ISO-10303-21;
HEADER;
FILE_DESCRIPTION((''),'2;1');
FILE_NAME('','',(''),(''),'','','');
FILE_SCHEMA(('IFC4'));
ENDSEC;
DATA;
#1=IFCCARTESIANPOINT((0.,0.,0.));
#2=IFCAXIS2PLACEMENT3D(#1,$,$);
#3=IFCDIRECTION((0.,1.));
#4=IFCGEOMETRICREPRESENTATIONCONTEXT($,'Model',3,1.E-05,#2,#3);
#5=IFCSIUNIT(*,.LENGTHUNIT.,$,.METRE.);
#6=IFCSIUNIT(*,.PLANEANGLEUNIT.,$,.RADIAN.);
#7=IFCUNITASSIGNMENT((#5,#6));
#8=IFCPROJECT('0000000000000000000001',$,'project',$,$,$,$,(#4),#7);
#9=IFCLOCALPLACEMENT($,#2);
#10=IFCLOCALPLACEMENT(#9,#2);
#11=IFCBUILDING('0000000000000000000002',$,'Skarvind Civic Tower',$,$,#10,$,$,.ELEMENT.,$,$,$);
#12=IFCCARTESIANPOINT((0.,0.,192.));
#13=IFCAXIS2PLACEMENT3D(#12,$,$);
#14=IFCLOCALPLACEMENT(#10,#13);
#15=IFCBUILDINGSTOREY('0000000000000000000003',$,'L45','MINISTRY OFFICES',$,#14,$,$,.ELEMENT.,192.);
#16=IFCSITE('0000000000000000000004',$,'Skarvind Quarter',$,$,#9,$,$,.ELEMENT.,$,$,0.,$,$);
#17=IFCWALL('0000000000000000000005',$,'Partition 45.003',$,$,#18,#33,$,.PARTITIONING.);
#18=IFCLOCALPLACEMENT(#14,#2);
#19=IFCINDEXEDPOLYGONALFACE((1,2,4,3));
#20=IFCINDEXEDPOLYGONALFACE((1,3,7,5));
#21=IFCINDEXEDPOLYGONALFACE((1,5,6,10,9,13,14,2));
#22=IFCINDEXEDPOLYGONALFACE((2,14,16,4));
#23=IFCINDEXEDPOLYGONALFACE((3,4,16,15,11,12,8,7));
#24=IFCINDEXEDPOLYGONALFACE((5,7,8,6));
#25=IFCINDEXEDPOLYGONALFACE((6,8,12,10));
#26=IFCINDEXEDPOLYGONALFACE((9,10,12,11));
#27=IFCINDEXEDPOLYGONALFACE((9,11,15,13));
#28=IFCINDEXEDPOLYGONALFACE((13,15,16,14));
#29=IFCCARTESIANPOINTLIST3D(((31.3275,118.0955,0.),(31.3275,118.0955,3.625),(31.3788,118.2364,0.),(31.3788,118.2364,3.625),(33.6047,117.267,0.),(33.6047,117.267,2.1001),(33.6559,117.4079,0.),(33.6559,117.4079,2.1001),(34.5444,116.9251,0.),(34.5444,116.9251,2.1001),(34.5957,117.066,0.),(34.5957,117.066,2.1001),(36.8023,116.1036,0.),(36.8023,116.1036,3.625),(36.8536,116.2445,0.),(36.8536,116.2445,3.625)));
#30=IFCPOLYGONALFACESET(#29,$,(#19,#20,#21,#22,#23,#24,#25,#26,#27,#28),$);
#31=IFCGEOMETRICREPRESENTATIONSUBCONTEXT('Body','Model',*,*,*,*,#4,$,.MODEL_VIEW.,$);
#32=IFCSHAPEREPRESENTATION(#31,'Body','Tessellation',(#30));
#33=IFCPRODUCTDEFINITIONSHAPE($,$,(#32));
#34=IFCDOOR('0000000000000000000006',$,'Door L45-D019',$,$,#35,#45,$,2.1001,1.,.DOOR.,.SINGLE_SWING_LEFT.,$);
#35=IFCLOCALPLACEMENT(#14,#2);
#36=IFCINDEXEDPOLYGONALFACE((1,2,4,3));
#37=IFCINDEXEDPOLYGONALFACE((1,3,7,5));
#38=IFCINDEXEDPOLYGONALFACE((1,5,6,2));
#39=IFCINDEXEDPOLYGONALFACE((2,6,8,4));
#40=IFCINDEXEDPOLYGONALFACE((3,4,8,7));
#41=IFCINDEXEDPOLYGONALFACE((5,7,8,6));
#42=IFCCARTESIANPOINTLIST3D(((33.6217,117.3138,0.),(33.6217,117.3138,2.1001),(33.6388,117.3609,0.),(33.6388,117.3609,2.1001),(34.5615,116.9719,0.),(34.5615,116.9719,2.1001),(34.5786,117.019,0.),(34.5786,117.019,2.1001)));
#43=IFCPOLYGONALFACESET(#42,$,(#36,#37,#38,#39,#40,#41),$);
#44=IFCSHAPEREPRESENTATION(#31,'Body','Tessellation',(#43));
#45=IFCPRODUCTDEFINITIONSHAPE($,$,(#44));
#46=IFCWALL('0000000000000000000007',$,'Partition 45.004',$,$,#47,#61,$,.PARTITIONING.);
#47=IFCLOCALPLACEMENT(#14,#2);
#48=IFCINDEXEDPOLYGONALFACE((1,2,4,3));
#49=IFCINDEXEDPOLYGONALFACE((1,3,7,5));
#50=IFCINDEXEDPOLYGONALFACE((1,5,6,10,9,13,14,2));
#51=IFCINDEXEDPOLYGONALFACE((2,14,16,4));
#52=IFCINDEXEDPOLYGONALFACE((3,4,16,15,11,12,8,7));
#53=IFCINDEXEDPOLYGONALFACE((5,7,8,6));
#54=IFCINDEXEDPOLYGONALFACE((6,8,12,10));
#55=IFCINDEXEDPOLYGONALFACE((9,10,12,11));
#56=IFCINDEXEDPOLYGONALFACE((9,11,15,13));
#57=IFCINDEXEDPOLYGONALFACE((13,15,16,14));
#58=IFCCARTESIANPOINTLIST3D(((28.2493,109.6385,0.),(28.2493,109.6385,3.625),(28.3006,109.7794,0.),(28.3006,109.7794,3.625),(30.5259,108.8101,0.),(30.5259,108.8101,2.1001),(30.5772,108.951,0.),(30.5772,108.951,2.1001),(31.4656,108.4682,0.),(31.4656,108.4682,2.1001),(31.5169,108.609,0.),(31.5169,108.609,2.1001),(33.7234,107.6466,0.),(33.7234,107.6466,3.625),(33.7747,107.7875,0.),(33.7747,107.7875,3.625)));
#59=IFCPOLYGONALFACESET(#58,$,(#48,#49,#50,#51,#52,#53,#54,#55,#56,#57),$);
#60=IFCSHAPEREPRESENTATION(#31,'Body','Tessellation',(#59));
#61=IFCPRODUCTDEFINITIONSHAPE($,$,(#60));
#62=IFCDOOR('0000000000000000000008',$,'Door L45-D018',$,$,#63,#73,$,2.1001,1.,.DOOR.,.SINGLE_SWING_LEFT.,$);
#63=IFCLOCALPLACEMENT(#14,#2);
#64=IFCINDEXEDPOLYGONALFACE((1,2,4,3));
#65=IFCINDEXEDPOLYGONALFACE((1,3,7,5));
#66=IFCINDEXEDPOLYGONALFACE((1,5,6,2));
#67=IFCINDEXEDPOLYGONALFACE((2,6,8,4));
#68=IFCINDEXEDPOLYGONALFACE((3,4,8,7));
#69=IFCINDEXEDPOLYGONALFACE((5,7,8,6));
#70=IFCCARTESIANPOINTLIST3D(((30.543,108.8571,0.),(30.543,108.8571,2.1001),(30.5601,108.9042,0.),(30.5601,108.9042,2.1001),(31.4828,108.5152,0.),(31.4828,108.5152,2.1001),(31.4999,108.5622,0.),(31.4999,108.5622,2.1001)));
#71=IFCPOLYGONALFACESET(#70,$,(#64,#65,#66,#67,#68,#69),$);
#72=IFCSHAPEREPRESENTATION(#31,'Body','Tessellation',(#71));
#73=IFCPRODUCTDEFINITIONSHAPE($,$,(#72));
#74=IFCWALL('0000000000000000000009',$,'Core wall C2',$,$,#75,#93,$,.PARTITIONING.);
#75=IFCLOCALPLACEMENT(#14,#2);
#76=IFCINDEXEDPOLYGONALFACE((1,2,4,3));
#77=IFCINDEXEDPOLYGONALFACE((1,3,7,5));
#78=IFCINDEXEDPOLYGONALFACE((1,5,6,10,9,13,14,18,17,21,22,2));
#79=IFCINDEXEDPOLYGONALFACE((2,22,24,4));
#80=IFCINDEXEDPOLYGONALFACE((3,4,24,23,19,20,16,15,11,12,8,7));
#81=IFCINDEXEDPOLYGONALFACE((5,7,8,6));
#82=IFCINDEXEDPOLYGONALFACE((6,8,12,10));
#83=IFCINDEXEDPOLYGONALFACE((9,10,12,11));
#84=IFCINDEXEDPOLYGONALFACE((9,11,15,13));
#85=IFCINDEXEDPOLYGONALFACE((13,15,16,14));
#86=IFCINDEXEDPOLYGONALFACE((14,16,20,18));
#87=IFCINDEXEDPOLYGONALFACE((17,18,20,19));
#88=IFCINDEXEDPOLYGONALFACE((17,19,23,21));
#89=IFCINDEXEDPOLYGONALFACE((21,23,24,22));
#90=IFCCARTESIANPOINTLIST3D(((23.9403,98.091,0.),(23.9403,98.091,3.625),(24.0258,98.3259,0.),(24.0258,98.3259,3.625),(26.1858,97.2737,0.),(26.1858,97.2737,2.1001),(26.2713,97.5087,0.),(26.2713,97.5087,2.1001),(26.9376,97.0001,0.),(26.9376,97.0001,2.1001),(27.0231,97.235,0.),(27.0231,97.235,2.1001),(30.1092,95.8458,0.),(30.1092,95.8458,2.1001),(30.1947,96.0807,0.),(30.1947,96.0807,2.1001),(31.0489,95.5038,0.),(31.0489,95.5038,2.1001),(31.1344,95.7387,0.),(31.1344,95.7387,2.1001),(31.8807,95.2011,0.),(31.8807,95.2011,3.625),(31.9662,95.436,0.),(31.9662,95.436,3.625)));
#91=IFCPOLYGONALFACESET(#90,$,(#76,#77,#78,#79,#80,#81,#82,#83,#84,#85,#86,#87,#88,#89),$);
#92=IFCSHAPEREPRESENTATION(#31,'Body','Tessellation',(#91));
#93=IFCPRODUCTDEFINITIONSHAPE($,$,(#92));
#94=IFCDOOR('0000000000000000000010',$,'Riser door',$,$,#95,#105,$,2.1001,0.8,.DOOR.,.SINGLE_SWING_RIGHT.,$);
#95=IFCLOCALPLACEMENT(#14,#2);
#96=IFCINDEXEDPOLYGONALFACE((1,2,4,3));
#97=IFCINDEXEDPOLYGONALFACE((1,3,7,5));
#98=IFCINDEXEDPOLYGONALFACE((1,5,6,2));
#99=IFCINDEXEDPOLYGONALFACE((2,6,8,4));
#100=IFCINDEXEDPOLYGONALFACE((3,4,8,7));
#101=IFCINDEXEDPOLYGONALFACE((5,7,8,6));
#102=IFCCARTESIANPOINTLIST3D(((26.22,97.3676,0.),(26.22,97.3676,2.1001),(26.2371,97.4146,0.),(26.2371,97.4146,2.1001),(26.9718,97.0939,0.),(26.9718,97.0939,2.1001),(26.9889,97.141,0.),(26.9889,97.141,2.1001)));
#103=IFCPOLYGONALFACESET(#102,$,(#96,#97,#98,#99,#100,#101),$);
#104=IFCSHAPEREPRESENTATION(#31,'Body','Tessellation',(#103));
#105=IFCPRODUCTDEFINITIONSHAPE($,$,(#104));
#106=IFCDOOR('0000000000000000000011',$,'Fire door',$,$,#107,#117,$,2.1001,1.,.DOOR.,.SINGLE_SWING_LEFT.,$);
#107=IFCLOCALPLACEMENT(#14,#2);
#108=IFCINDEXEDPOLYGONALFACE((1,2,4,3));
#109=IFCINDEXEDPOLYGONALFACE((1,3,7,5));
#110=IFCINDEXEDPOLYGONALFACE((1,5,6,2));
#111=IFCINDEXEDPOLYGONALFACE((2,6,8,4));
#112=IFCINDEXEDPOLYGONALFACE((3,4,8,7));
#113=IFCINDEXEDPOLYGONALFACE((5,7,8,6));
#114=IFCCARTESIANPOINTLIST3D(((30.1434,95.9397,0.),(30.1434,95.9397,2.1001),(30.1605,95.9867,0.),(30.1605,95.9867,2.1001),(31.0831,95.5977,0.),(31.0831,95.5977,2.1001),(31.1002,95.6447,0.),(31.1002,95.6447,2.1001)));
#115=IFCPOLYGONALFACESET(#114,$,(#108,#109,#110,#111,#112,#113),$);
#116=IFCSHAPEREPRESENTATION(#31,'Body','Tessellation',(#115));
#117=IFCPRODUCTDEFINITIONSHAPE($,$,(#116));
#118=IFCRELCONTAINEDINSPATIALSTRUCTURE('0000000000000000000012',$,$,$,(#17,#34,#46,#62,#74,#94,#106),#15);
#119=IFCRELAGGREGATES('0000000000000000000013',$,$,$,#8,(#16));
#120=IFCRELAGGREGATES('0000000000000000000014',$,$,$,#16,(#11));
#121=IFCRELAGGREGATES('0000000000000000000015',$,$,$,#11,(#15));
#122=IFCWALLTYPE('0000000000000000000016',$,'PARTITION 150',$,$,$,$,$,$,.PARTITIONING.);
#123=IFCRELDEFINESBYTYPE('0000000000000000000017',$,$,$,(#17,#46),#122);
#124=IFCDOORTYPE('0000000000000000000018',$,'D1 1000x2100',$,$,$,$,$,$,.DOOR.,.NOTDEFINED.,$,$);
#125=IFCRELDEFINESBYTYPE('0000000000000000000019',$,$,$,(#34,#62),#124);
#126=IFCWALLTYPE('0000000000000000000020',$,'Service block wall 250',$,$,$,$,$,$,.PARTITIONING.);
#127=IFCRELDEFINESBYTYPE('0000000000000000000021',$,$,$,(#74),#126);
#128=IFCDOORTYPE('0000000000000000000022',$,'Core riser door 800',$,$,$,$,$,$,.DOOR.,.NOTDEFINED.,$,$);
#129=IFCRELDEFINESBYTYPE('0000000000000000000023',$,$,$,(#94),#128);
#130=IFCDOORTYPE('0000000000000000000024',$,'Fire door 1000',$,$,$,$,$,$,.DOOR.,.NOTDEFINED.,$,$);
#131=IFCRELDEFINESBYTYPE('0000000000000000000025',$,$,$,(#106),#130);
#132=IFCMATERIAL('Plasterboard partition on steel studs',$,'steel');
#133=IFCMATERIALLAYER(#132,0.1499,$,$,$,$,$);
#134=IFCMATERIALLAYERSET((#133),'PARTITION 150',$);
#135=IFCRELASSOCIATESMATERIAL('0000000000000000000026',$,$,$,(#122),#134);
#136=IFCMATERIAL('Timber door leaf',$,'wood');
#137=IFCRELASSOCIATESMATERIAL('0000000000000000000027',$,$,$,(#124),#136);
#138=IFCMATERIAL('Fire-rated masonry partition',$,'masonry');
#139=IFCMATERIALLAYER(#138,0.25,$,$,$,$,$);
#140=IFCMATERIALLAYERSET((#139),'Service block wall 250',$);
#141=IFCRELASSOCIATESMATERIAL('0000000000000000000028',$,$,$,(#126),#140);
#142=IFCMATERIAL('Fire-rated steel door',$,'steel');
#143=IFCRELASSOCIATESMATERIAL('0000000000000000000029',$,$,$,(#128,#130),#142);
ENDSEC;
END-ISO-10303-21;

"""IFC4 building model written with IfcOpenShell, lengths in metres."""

from ifc_helpers import new_model, si_unit, direction, frame, frame_2d, origin, place, context, subcontext, project, spatial, rectangle, extrude, material, layer, layer_set, type_object, element, fill, save


model = new_model("IFC4")

# Units and contexts
model_context = context("Model", 3, precision=1e-05, world=origin(), true_north=direction((0.0, 1.0)))
body_context = subcontext(model_context, "Body", "Model", "MODEL_VIEW")
ifc_project = project(units=[si_unit("LENGTHUNIT", "METRE"), si_unit("PLANEANGLEUNIT", "RADIAN")], contexts=[model_context])

# Site, building, storey
site_placement = place(None, origin())
site = spatial("IfcSite", under=ifc_project, at=site_placement, Name="Skarvind Quarter", CompositionType="ELEMENT", RefElevation=0.0)
building_placement = place(site_placement, origin())
building = spatial("IfcBuilding", under=site, at=building_placement, Name="Skarvind Civic Tower", CompositionType="ELEMENT")
storey_placement = place(building_placement, frame((0.0, 0.0, 192.0)))
storey = spatial("IfcBuildingStorey", under=building, at=storey_placement, Name="L45", Description="MINISTRY OFFICES", CompositionType="ELEMENT", Elevation=192.0)

# Shared definitions
ifc_material_1 = material(Name="Timber door leaf", Category="wood")
ifc_material_2 = material(Name="Fire-rated masonry partition", Category="masonry")
ifc_material_3 = material(Name="Fire-rated steel door", Category="steel")

# Shared definitions
ifc_material_4 = material(Name="Plasterboard partition on steel studs", Category="steel")
ifc_layer_1 = layer(ifc_material_4, 0.1499)
ifc_layer_set_1 = layer_set([ifc_layer_1], Name="PARTITION 150")
wall_type_1 = type_object("IfcWallType", Name="PARTITION 150", PredefinedType="PARTITIONING", material=ifc_layer_set_1)

# Walls, openings, doors
wall_1_placement = place(storey_placement, frame((31.353, 118.166, 0.0), z_axis=(0.0, 0.0, 1.0), x_axis=(0.939733, -0.341908, 0.0)))
wall_1 = element("IfcWall", 1, at=wall_1_placement, inside=storey, type_object=wall_type_1, Name="Partition 45.003", PredefinedType="PARTITIONING", context=body_context, shape_type="SweptSolid", body=[
    extrude(rectangle(XDim=5.8259, YDim=0.1499, at=frame_2d((2.9131, 0.0))), origin(), (0.0, 0.0, 1.0), 3.625),
])
opening_1_placement = place(wall_1_placement, frame((2.4233, 0.0, 0.0)))
opening_1 = element("IfcOpeningElement", 2, at=opening_1_placement, cuts=wall_1, PredefinedType="OPENING", context=body_context, shape_type="SweptSolid", body=[
    extrude(rectangle(XDim=1.0, YDim=2.1001, at=frame_2d((0.5, 1.05))), frame((0.0, 0.085, 0.0), z_axis=(0.0, -1.0, 0.0), x_axis=(1.0, 0.0, 0.0)), (0.0, 0.0, 1.0), 0.1699),
])
door_type_1 = type_object("IfcDoorType", Name="D1 1000x2100", OperationType="NOTDEFINED", PredefinedType="DOOR", material=ifc_material_1)
door_1_placement = place(opening_1_placement, origin())
door_1 = element("IfcDoor", 3, at=door_1_placement, inside=storey, type_object=door_type_1, Name="Door L45-D019", OperationType="SINGLE_SWING_LEFT", OverallHeight=2.1001, OverallWidth=1.0, PredefinedType="DOOR", context=body_context, shape_type="SweptSolid", body=[
    extrude(rectangle(XDim=1.0, YDim=2.1001, at=frame_2d((0.5, 1.05))), frame((0.0, 0.0249, 0.0), z_axis=(0.0, -1.0, 0.0), x_axis=(1.0, 0.0, 0.0)), (0.0, 0.0, 1.0), 0.05),
])
fill(opening_1, door_1)
wall_2_placement = place(storey_placement, frame((33.749, 107.717, 0.0), z_axis=(0.0, 0.0, 1.0), x_axis=(-0.939719, 0.341948, 0.0)))
wall_2 = element("IfcWall", 4, at=wall_2_placement, inside=storey, type_object=wall_type_1, Name="Partition 45.004", PredefinedType="PARTITIONING", context=body_context, shape_type="SweptSolid", body=[
    extrude(rectangle(XDim=5.8252, YDim=0.1499, at=frame_2d((2.9126, 0.0))), origin(), (0.0, 0.0, 1.0), 3.625),
])
opening_2_placement = place(wall_2_placement, frame((2.4026, 0.0, 0.0)))
opening_2 = element("IfcOpeningElement", 5, at=opening_2_placement, cuts=wall_2, PredefinedType="OPENING", context=body_context, shape_type="SweptSolid", body=[
    extrude(rectangle(XDim=1.0, YDim=2.1001, at=frame_2d((0.5, 1.05))), frame((0.0, 0.085, 0.0), z_axis=(0.0, -1.0, 0.0), x_axis=(1.0, 0.0, 0.0)), (0.0, 0.0, 1.0), 0.1699),
])
door_2_placement = place(opening_2_placement, origin())
door_2 = element("IfcDoor", 6, at=door_2_placement, inside=storey, type_object=door_type_1, Name="Door L45-D018", OperationType="SINGLE_SWING_LEFT", OverallHeight=2.1001, OverallWidth=1.0, PredefinedType="DOOR", context=body_context, shape_type="SweptSolid", body=[
    extrude(rectangle(XDim=1.0, YDim=2.1001, at=frame_2d((0.5, 1.05))), frame((0.0, 0.0249, 0.0), z_axis=(0.0, -1.0, 0.0), x_axis=(1.0, 0.0, 0.0)), (0.0, 0.0, 1.0), 0.05),
])
fill(opening_2, door_2)

# Wall, openings, doors
ifc_layer_2 = layer(ifc_material_2, 0.25)
ifc_layer_set_2 = layer_set([ifc_layer_2], Name="Service block wall 250")
wall_type_2 = type_object("IfcWallType", Name="Service block wall 250", PredefinedType="PARTITIONING", material=ifc_layer_set_2)
wall_3_placement = place(storey_placement, frame((23.9829, 98.2085, 0.0), z_axis=(0.0, 0.0, 1.0), x_axis=(0.9397, -0.342001, 0.0)))
wall_3 = element("IfcWall", 7, at=wall_3_placement, inside=storey, type_object=wall_type_2, Name="Core wall C2", PredefinedType="PARTITIONING", context=body_context, shape_type="SweptSolid", body=[
    extrude(rectangle(XDim=8.45, YDim=0.25, at=frame_2d((4.2251, 0.0))), origin(), (0.0, 0.0, 1.0), 3.625),
])
opening_3_placement = place(wall_3_placement, frame((6.5649, 0.0, 0.0)))
opening_3 = element("IfcOpeningElement", 8, at=opening_3_placement, cuts=wall_3, PredefinedType="OPENING", context=body_context, shape_type="SweptSolid", body=[
    extrude(rectangle(XDim=1.0, YDim=2.1001, at=frame_2d((0.5, 1.05))), frame((0.0, 0.135, 0.0), z_axis=(0.0, -1.0, 0.0), x_axis=(1.0, 0.0, 0.0)), (0.0, 0.0, 1.0), 0.27),
])
opening_4_placement = place(wall_3_placement, frame((2.3899, 0.0, 0.0)))
opening_4 = element("IfcOpeningElement", 9, at=opening_4_placement, cuts=wall_3, PredefinedType="OPENING", context=body_context, shape_type="SweptSolid", body=[
    extrude(rectangle(XDim=0.8, YDim=2.1001, at=frame_2d((0.3999, 1.05))), frame((0.0, 0.135, 0.0), z_axis=(0.0, -1.0, 0.0), x_axis=(1.0, 0.0, 0.0)), (0.0, 0.0, 1.0), 0.27),
])
door_type_2 = type_object("IfcDoorType", Name="Core riser door 800", OperationType="NOTDEFINED", PredefinedType="DOOR", material=ifc_material_3)
door_3_placement = place(opening_4_placement, origin())
door_3 = element("IfcDoor", 10, at=door_3_placement, inside=storey, type_object=door_type_2, Name="Riser door", OperationType="SINGLE_SWING_RIGHT", OverallHeight=2.1001, OverallWidth=0.8, PredefinedType="DOOR", context=body_context, shape_type="SweptSolid", body=[
    extrude(rectangle(XDim=0.8, YDim=2.1001, at=frame_2d((0.3999, 1.05))), frame((0.0, 0.0249, 0.0), z_axis=(0.0, -1.0, 0.0), x_axis=(1.0, 0.0, 0.0)), (0.0, 0.0, 1.0), 0.05),
])
fill(opening_4, door_3)
door_type_3 = type_object("IfcDoorType", Name="Fire door 1000", OperationType="NOTDEFINED", PredefinedType="DOOR", material=ifc_material_3)
door_4_placement = place(opening_3_placement, origin())
door_4 = element("IfcDoor", 11, at=door_4_placement, inside=storey, type_object=door_type_3, Name="Fire door", OperationType="SINGLE_SWING_LEFT", OverallHeight=2.1001, OverallWidth=1.0, PredefinedType="DOOR", context=body_context, shape_type="SweptSolid", body=[
    extrude(rectangle(XDim=1.0, YDim=2.1001, at=frame_2d((0.5, 1.05))), frame((0.0, 0.0249, 0.0), z_axis=(0.0, -1.0, 0.0), x_axis=(1.0, 0.0, 0.0)), (0.0, 0.0, 1.0), 0.05),
])
fill(opening_3, door_4)

save(model, "model.ifc")
